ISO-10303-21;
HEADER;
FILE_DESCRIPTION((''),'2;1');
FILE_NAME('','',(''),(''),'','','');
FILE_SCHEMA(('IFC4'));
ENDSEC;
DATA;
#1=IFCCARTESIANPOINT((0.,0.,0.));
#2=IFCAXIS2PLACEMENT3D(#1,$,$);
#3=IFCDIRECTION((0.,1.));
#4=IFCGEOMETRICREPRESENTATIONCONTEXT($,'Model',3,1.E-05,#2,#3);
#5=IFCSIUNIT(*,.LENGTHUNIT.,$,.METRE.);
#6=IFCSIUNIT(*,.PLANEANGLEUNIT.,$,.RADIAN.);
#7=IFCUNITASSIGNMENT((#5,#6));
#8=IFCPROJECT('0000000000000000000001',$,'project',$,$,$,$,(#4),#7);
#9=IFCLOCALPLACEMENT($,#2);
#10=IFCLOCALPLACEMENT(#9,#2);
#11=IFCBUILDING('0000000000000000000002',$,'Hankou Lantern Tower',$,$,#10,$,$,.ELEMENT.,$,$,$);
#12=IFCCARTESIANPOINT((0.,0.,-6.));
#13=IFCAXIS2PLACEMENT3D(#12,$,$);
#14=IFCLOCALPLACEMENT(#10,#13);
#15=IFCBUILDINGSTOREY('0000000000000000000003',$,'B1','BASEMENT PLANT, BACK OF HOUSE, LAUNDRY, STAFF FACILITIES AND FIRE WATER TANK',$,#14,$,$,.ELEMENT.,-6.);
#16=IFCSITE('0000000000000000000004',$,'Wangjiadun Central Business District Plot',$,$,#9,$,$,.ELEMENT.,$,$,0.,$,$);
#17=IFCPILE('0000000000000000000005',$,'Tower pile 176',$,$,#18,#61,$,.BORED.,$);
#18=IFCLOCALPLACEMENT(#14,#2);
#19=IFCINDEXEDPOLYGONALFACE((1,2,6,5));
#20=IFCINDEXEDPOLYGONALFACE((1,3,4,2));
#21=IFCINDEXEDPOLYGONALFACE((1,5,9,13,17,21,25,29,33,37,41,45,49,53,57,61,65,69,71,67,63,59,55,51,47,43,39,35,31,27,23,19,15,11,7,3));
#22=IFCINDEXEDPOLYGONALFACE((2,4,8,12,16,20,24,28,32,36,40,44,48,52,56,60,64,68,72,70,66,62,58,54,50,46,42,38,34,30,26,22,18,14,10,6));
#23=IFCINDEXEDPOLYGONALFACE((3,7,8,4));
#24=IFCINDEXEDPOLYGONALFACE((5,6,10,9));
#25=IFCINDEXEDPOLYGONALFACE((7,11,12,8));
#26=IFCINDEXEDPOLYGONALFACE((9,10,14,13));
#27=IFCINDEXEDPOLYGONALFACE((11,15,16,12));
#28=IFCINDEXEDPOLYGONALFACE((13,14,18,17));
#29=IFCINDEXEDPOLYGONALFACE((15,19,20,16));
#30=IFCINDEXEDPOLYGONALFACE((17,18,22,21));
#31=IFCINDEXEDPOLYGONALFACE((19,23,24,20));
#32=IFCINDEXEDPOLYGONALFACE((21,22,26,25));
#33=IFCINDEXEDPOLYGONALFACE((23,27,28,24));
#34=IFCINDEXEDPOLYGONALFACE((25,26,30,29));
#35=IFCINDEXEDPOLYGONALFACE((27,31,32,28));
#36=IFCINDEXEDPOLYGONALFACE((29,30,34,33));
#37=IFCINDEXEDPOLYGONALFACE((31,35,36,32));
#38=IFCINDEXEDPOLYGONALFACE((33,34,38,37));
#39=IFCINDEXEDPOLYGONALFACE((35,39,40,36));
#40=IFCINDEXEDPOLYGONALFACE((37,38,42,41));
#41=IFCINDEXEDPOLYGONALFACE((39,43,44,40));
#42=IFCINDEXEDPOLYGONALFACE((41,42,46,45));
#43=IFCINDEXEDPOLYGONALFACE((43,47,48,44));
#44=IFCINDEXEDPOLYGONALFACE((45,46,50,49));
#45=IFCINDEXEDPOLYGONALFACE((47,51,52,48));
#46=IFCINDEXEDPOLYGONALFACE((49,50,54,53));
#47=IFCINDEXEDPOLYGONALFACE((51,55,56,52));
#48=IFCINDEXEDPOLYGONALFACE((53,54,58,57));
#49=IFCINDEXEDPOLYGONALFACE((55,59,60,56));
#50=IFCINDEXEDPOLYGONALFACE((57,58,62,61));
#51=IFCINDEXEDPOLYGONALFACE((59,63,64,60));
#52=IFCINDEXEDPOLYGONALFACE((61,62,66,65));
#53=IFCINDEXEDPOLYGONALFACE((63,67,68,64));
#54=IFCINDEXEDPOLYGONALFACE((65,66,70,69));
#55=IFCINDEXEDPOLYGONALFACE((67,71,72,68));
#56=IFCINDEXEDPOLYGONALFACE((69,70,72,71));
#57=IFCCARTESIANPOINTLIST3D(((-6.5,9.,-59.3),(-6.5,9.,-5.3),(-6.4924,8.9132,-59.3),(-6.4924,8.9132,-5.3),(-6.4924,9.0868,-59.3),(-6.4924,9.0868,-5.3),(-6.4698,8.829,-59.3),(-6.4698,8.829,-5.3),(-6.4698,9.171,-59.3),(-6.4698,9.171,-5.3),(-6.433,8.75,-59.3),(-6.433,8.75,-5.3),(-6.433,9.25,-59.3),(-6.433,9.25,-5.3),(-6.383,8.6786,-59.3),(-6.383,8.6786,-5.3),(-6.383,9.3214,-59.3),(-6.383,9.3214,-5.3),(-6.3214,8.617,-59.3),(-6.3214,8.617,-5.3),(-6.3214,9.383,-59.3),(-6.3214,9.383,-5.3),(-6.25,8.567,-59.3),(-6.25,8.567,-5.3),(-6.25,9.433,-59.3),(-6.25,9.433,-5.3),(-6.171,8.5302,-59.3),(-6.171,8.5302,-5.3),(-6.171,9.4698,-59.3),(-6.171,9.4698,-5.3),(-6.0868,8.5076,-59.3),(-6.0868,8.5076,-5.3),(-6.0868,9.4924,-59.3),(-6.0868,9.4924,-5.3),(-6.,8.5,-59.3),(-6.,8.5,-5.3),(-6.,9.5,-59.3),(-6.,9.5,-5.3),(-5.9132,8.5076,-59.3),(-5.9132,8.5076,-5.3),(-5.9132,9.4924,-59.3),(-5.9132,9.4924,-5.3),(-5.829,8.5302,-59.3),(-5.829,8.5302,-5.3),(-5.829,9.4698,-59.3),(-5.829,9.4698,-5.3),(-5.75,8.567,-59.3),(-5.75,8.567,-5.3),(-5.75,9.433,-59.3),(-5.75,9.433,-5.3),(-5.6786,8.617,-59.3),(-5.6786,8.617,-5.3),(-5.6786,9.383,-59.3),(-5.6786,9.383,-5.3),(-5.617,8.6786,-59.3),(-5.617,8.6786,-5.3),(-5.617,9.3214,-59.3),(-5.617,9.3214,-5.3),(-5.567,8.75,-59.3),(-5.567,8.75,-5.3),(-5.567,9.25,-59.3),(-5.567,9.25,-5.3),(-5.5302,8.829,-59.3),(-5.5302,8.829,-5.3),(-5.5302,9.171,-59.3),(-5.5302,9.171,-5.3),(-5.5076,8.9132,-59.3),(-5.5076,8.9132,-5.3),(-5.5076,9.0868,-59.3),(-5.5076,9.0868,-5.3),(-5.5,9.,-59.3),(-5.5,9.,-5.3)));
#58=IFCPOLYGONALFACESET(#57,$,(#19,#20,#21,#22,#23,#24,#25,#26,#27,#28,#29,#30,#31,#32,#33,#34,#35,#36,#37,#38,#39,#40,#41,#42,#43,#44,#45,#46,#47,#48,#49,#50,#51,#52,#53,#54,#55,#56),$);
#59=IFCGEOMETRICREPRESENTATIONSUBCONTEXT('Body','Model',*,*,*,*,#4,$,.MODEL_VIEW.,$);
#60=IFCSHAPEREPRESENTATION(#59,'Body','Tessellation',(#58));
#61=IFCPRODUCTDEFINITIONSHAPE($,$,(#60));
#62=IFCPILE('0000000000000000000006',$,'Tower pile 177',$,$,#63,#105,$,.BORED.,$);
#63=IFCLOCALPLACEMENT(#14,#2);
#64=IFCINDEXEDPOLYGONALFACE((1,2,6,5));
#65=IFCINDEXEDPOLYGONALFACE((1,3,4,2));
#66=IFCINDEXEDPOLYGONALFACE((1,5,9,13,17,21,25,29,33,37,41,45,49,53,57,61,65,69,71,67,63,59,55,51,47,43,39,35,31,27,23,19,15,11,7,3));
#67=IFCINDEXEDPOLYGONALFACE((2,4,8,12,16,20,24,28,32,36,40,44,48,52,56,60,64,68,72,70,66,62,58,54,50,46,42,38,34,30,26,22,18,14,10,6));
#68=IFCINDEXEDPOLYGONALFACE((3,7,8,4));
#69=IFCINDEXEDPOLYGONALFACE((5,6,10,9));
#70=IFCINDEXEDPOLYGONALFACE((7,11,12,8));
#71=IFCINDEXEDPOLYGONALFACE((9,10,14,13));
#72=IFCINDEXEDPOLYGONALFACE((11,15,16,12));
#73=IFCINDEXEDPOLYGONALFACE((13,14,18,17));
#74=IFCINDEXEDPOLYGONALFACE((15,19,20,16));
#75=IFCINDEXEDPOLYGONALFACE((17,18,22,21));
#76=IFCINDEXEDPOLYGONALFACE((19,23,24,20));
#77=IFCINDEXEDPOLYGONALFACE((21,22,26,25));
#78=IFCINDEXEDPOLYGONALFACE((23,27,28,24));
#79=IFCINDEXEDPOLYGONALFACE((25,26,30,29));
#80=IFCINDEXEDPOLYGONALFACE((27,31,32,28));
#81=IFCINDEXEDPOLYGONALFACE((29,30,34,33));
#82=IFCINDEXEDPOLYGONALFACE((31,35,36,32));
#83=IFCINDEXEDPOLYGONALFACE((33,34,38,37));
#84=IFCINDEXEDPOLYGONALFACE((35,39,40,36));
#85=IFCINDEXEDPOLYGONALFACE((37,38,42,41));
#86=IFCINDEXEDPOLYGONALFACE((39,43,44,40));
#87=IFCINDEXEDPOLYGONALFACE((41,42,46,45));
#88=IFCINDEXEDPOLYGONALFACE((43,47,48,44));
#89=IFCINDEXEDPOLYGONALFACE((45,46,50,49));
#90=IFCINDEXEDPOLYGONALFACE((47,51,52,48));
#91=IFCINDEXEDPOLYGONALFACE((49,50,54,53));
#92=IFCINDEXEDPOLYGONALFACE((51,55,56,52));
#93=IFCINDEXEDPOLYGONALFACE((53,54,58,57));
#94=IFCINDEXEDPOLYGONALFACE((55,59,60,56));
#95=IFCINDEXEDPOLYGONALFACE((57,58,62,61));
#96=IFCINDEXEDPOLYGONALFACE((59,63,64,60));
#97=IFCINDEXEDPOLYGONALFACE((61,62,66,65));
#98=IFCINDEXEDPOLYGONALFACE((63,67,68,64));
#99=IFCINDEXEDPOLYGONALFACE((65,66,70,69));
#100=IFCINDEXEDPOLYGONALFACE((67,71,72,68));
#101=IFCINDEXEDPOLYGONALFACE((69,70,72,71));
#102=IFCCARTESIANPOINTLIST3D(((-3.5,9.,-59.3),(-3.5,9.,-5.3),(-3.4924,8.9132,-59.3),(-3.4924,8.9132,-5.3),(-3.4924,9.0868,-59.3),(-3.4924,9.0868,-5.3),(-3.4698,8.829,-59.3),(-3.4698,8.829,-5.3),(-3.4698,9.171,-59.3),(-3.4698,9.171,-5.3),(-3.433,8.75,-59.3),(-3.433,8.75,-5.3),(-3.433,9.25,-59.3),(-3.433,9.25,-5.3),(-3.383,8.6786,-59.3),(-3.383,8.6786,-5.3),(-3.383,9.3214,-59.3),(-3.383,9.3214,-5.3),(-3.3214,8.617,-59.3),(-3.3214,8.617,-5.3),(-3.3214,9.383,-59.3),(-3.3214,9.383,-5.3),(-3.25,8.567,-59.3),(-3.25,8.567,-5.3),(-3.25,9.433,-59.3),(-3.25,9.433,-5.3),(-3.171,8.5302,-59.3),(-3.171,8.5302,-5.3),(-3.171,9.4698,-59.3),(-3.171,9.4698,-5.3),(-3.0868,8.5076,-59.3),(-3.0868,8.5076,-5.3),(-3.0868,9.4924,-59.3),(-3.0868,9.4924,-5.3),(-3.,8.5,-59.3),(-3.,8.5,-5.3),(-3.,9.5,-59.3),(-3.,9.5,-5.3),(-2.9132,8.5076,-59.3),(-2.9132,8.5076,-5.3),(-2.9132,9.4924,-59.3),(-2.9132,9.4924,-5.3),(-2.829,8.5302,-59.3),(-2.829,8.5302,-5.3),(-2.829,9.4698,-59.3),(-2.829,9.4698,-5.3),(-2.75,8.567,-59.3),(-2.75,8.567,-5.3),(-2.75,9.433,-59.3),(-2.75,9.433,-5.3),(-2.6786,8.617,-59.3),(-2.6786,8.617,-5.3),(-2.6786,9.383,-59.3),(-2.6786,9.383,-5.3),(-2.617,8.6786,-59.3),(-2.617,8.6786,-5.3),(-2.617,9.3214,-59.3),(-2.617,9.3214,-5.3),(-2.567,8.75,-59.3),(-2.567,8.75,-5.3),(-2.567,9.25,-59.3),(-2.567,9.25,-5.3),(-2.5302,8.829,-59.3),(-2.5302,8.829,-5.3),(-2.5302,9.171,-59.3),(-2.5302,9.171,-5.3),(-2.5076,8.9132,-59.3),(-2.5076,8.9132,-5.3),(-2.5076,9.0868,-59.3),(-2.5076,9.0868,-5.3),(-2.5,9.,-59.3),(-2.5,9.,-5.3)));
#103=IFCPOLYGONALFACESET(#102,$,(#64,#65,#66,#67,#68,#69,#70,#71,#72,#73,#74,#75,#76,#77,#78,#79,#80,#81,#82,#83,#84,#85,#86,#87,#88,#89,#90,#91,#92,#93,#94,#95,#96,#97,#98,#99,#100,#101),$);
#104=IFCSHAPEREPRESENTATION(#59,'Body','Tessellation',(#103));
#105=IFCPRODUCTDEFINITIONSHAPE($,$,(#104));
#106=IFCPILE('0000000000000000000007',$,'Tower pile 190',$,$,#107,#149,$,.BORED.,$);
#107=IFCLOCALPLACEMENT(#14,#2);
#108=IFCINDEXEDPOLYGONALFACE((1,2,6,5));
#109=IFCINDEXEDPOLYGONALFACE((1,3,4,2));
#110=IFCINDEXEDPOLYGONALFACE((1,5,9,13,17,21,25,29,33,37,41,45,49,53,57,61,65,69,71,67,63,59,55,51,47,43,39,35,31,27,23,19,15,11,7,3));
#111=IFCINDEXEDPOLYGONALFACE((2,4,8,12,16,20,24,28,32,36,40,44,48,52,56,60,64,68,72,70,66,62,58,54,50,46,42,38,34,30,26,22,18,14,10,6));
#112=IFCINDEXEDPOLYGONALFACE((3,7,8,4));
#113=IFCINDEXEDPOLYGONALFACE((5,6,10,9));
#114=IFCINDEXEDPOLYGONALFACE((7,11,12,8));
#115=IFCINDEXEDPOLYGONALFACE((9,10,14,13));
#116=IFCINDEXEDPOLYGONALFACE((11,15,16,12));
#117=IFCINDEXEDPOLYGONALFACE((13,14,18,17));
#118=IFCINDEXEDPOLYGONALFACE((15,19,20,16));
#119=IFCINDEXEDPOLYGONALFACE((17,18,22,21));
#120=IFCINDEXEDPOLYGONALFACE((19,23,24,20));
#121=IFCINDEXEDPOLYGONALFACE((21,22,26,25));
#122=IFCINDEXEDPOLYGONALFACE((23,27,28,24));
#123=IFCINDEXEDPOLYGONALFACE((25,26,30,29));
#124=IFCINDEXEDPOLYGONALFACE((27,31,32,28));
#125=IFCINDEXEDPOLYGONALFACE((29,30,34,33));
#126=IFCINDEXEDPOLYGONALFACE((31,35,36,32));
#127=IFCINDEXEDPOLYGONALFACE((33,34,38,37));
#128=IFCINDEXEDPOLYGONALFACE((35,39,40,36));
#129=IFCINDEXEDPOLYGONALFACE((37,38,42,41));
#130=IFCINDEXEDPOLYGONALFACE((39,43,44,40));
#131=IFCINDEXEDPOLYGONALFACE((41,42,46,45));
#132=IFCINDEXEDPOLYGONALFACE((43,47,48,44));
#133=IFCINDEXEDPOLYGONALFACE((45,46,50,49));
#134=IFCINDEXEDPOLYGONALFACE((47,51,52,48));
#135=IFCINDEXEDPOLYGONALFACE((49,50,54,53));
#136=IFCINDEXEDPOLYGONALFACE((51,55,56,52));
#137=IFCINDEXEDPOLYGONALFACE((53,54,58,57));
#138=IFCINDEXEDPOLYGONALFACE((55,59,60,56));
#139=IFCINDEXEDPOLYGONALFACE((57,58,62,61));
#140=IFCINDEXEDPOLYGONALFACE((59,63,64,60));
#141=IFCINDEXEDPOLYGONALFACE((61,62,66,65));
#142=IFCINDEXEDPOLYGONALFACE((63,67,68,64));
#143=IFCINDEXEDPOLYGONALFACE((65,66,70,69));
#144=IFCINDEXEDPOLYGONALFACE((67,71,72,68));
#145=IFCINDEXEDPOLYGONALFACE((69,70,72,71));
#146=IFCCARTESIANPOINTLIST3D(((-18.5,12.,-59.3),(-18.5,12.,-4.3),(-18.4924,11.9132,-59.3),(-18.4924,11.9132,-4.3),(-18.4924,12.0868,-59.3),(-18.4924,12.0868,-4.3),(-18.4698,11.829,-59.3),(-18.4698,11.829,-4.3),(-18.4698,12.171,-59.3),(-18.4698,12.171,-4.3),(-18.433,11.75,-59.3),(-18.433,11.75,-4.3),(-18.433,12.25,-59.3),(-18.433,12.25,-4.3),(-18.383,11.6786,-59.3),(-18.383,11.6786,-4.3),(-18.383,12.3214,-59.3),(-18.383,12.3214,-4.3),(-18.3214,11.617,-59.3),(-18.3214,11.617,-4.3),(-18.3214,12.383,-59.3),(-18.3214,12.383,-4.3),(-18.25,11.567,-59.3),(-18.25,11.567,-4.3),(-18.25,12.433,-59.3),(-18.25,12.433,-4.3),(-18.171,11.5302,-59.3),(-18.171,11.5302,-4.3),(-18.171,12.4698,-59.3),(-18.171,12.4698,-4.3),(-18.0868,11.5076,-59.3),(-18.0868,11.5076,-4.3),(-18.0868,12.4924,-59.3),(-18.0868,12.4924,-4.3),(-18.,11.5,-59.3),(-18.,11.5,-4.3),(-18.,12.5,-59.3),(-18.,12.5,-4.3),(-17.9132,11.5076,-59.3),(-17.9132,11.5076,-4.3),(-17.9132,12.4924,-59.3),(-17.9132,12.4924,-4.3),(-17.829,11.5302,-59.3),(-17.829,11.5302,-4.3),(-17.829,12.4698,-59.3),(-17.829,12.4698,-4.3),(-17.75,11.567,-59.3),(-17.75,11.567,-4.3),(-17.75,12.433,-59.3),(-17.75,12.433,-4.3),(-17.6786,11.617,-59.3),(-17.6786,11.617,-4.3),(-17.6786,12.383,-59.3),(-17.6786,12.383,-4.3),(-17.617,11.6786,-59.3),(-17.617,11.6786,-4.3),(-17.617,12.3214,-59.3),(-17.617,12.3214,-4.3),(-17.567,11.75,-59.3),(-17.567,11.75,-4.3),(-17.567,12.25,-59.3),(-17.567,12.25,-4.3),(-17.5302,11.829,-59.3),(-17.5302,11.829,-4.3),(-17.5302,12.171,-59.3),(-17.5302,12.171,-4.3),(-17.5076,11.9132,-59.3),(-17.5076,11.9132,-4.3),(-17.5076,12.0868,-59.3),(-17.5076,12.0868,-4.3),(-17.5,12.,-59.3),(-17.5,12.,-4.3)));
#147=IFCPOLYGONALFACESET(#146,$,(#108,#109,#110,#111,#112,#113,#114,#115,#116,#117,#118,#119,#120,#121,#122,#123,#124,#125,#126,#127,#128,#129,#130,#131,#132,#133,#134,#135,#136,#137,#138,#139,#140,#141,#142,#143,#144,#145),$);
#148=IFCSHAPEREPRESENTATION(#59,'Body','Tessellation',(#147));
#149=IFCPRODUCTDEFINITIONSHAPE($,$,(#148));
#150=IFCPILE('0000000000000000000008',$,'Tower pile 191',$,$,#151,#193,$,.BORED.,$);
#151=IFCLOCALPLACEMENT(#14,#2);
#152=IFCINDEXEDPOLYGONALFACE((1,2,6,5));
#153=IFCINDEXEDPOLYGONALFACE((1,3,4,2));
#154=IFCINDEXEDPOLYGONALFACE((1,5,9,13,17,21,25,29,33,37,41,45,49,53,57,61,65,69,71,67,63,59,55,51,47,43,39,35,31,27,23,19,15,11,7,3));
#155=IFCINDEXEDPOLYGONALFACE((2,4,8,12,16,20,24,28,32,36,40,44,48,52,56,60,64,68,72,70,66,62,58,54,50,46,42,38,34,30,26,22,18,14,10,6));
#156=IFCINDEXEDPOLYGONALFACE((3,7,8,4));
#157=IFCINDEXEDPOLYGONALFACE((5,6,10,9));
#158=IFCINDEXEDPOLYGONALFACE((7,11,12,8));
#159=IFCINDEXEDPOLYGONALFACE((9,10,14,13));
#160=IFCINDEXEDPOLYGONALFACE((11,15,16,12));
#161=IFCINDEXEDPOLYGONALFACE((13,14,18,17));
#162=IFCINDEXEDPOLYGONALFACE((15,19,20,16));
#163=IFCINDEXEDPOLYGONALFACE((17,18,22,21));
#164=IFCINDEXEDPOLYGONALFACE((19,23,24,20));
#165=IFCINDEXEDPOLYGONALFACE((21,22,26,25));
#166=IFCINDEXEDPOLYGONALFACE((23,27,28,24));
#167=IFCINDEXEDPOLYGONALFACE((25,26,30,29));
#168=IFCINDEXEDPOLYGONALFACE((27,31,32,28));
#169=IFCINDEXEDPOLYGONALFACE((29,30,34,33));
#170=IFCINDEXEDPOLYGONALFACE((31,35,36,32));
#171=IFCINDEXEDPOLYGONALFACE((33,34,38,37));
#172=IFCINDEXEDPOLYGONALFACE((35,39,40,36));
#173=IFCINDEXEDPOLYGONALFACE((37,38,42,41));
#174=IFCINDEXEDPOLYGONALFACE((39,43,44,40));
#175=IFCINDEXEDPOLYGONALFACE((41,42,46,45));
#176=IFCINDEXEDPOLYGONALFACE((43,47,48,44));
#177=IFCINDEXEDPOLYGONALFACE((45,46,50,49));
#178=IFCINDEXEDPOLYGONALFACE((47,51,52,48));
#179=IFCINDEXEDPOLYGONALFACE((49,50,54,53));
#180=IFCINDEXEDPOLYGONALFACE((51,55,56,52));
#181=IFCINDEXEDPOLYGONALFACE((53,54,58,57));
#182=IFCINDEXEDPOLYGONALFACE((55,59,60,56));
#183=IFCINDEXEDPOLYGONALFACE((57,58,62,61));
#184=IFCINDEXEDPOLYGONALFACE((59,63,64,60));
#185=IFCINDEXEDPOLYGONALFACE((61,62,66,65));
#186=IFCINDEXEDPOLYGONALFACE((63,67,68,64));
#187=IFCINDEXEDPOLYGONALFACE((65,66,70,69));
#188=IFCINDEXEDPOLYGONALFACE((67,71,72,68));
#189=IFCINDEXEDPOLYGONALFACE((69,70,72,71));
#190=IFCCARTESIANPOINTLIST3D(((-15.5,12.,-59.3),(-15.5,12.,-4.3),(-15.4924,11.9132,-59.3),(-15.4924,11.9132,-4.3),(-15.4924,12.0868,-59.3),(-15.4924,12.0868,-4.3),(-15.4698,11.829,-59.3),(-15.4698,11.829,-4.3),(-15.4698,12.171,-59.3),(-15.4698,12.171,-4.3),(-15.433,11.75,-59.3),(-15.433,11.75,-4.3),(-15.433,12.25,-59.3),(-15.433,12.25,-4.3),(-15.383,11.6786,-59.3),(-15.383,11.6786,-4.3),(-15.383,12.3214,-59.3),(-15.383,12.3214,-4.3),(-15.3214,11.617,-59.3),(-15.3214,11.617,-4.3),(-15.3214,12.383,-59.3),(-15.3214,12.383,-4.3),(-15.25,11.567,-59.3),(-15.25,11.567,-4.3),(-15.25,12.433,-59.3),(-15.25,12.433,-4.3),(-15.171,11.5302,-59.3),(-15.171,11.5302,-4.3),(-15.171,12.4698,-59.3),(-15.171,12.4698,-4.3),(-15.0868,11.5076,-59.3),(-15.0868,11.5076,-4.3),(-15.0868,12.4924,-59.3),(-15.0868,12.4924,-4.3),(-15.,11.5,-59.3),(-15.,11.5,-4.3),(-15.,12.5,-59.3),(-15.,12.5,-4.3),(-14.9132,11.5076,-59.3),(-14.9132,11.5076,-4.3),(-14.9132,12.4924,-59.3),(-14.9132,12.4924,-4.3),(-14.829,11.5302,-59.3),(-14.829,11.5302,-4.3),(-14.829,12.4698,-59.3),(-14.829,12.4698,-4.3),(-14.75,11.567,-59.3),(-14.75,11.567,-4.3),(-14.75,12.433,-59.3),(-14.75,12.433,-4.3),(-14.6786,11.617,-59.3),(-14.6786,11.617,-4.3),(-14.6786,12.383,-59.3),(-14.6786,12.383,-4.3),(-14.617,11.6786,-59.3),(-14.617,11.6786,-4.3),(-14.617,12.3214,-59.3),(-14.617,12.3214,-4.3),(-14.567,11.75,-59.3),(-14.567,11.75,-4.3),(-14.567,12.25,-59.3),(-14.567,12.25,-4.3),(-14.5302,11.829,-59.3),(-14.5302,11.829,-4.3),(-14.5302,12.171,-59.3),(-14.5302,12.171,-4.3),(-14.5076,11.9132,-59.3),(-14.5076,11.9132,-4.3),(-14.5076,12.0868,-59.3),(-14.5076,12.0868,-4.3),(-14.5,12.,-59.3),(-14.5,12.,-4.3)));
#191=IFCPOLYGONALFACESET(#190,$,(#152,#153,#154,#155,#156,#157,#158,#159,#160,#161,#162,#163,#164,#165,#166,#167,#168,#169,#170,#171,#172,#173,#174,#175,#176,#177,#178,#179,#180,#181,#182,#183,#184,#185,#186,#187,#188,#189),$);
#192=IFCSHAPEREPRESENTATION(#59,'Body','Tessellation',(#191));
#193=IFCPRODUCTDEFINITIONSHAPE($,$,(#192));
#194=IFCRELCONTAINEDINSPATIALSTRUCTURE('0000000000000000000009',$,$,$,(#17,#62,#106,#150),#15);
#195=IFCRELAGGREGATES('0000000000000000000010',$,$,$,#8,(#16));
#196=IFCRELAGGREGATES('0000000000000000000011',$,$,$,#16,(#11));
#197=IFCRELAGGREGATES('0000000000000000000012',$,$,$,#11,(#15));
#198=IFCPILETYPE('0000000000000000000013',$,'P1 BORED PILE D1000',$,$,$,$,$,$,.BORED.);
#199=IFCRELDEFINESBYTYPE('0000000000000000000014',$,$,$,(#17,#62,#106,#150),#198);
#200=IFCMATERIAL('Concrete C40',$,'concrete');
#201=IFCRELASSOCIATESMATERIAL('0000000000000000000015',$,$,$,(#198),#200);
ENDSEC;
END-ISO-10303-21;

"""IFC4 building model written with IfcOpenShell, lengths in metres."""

from ifc_helpers import new_model, si_unit, direction, frame, origin, origin_2d, place, context, subcontext, project, spatial, circle, extrude, material, material_profile, profile_set, type_object, element, save


model = new_model("IFC4")

# Units and contexts
model_context = context("Model", 3, precision=1e-05, world=origin(), true_north=direction((0.0, 1.0)))
body_context = subcontext(model_context, "Body", "Model", "MODEL_VIEW")
ifc_project = project(units=[si_unit("LENGTHUNIT", "METRE"), si_unit("PLANEANGLEUNIT", "RADIAN")], contexts=[model_context])

# Site, building, storey
site_placement = place(None, origin())
site = spatial("IfcSite", under=ifc_project, at=site_placement, Name="Wangjiadun Central Business District Plot", CompositionType="ELEMENT", RefElevation=0.0)
building_placement = place(site_placement, origin())
building = spatial("IfcBuilding", under=site, at=building_placement, Name="Hankou Lantern Tower", CompositionType="ELEMENT")
storey_placement = place(building_placement, frame((0.0, 0.0, -6.0)))
storey = spatial("IfcBuildingStorey", under=building, at=storey_placement, Name="B1", Description="BASEMENT PLANT, BACK OF HOUSE, LAUNDRY, STAFF FACILITIES AND FIRE WATER TANK", CompositionType="ELEMENT", Elevation=-6.0)

# Piles
ifc_material_1 = material(Name="Concrete C40", Category="concrete")
ifc_material_profile_1 = material_profile(ifc_material_1, circle(Radius=0.5, at=origin_2d()), Name="RC D1000")
ifc_profile_set_1 = profile_set([ifc_material_profile_1], Name="Concrete C40")
pile_type_1 = type_object("IfcPileType", Name="P1 BORED PILE D1000", PredefinedType="BORED", material=ifc_profile_set_1)
for number, where, z_axis, x_axis, name in (
    (1, (-6.0, 9.0, -5.3), (0.0, 0.0, -1.0), (1.0, 0.0, 0.0), "Tower pile 176"),
    (2, (-3.0, 9.0, -5.3), (0.0, 0.0, -1.0), (1.0, 0.0, 0.0), "Tower pile 177"),
):
    element("IfcPile", number, at=place(storey_placement, frame(where, z_axis=z_axis, x_axis=x_axis)), inside=storey, type_object=pile_type_1, Name=name, PredefinedType="BORED", context=body_context, shape_type="SweptSolid", body=[
        extrude(circle(Radius=0.5, at=origin_2d()), origin(), (0.0, 0.0, 1.0), 54.0),
    ])
for number, where, z_axis, x_axis, name in (
    (3, (-18.0, 12.0, -4.3), (0.0, 0.0, -1.0), (1.0, 0.0, 0.0), "Tower pile 190"),
    (4, (-15.0, 12.0, -4.3), (0.0, 0.0, -1.0), (1.0, 0.0, 0.0), "Tower pile 191"),
):
    element("IfcPile", number, at=place(storey_placement, frame(where, z_axis=z_axis, x_axis=x_axis)), inside=storey, type_object=pile_type_1, Name=name, PredefinedType="BORED", context=body_context, shape_type="SweptSolid", body=[
        extrude(circle(Radius=0.5, at=origin_2d()), origin(), (0.0, 0.0, 1.0), 55.0),
    ])

save(model, "model.ifc")
